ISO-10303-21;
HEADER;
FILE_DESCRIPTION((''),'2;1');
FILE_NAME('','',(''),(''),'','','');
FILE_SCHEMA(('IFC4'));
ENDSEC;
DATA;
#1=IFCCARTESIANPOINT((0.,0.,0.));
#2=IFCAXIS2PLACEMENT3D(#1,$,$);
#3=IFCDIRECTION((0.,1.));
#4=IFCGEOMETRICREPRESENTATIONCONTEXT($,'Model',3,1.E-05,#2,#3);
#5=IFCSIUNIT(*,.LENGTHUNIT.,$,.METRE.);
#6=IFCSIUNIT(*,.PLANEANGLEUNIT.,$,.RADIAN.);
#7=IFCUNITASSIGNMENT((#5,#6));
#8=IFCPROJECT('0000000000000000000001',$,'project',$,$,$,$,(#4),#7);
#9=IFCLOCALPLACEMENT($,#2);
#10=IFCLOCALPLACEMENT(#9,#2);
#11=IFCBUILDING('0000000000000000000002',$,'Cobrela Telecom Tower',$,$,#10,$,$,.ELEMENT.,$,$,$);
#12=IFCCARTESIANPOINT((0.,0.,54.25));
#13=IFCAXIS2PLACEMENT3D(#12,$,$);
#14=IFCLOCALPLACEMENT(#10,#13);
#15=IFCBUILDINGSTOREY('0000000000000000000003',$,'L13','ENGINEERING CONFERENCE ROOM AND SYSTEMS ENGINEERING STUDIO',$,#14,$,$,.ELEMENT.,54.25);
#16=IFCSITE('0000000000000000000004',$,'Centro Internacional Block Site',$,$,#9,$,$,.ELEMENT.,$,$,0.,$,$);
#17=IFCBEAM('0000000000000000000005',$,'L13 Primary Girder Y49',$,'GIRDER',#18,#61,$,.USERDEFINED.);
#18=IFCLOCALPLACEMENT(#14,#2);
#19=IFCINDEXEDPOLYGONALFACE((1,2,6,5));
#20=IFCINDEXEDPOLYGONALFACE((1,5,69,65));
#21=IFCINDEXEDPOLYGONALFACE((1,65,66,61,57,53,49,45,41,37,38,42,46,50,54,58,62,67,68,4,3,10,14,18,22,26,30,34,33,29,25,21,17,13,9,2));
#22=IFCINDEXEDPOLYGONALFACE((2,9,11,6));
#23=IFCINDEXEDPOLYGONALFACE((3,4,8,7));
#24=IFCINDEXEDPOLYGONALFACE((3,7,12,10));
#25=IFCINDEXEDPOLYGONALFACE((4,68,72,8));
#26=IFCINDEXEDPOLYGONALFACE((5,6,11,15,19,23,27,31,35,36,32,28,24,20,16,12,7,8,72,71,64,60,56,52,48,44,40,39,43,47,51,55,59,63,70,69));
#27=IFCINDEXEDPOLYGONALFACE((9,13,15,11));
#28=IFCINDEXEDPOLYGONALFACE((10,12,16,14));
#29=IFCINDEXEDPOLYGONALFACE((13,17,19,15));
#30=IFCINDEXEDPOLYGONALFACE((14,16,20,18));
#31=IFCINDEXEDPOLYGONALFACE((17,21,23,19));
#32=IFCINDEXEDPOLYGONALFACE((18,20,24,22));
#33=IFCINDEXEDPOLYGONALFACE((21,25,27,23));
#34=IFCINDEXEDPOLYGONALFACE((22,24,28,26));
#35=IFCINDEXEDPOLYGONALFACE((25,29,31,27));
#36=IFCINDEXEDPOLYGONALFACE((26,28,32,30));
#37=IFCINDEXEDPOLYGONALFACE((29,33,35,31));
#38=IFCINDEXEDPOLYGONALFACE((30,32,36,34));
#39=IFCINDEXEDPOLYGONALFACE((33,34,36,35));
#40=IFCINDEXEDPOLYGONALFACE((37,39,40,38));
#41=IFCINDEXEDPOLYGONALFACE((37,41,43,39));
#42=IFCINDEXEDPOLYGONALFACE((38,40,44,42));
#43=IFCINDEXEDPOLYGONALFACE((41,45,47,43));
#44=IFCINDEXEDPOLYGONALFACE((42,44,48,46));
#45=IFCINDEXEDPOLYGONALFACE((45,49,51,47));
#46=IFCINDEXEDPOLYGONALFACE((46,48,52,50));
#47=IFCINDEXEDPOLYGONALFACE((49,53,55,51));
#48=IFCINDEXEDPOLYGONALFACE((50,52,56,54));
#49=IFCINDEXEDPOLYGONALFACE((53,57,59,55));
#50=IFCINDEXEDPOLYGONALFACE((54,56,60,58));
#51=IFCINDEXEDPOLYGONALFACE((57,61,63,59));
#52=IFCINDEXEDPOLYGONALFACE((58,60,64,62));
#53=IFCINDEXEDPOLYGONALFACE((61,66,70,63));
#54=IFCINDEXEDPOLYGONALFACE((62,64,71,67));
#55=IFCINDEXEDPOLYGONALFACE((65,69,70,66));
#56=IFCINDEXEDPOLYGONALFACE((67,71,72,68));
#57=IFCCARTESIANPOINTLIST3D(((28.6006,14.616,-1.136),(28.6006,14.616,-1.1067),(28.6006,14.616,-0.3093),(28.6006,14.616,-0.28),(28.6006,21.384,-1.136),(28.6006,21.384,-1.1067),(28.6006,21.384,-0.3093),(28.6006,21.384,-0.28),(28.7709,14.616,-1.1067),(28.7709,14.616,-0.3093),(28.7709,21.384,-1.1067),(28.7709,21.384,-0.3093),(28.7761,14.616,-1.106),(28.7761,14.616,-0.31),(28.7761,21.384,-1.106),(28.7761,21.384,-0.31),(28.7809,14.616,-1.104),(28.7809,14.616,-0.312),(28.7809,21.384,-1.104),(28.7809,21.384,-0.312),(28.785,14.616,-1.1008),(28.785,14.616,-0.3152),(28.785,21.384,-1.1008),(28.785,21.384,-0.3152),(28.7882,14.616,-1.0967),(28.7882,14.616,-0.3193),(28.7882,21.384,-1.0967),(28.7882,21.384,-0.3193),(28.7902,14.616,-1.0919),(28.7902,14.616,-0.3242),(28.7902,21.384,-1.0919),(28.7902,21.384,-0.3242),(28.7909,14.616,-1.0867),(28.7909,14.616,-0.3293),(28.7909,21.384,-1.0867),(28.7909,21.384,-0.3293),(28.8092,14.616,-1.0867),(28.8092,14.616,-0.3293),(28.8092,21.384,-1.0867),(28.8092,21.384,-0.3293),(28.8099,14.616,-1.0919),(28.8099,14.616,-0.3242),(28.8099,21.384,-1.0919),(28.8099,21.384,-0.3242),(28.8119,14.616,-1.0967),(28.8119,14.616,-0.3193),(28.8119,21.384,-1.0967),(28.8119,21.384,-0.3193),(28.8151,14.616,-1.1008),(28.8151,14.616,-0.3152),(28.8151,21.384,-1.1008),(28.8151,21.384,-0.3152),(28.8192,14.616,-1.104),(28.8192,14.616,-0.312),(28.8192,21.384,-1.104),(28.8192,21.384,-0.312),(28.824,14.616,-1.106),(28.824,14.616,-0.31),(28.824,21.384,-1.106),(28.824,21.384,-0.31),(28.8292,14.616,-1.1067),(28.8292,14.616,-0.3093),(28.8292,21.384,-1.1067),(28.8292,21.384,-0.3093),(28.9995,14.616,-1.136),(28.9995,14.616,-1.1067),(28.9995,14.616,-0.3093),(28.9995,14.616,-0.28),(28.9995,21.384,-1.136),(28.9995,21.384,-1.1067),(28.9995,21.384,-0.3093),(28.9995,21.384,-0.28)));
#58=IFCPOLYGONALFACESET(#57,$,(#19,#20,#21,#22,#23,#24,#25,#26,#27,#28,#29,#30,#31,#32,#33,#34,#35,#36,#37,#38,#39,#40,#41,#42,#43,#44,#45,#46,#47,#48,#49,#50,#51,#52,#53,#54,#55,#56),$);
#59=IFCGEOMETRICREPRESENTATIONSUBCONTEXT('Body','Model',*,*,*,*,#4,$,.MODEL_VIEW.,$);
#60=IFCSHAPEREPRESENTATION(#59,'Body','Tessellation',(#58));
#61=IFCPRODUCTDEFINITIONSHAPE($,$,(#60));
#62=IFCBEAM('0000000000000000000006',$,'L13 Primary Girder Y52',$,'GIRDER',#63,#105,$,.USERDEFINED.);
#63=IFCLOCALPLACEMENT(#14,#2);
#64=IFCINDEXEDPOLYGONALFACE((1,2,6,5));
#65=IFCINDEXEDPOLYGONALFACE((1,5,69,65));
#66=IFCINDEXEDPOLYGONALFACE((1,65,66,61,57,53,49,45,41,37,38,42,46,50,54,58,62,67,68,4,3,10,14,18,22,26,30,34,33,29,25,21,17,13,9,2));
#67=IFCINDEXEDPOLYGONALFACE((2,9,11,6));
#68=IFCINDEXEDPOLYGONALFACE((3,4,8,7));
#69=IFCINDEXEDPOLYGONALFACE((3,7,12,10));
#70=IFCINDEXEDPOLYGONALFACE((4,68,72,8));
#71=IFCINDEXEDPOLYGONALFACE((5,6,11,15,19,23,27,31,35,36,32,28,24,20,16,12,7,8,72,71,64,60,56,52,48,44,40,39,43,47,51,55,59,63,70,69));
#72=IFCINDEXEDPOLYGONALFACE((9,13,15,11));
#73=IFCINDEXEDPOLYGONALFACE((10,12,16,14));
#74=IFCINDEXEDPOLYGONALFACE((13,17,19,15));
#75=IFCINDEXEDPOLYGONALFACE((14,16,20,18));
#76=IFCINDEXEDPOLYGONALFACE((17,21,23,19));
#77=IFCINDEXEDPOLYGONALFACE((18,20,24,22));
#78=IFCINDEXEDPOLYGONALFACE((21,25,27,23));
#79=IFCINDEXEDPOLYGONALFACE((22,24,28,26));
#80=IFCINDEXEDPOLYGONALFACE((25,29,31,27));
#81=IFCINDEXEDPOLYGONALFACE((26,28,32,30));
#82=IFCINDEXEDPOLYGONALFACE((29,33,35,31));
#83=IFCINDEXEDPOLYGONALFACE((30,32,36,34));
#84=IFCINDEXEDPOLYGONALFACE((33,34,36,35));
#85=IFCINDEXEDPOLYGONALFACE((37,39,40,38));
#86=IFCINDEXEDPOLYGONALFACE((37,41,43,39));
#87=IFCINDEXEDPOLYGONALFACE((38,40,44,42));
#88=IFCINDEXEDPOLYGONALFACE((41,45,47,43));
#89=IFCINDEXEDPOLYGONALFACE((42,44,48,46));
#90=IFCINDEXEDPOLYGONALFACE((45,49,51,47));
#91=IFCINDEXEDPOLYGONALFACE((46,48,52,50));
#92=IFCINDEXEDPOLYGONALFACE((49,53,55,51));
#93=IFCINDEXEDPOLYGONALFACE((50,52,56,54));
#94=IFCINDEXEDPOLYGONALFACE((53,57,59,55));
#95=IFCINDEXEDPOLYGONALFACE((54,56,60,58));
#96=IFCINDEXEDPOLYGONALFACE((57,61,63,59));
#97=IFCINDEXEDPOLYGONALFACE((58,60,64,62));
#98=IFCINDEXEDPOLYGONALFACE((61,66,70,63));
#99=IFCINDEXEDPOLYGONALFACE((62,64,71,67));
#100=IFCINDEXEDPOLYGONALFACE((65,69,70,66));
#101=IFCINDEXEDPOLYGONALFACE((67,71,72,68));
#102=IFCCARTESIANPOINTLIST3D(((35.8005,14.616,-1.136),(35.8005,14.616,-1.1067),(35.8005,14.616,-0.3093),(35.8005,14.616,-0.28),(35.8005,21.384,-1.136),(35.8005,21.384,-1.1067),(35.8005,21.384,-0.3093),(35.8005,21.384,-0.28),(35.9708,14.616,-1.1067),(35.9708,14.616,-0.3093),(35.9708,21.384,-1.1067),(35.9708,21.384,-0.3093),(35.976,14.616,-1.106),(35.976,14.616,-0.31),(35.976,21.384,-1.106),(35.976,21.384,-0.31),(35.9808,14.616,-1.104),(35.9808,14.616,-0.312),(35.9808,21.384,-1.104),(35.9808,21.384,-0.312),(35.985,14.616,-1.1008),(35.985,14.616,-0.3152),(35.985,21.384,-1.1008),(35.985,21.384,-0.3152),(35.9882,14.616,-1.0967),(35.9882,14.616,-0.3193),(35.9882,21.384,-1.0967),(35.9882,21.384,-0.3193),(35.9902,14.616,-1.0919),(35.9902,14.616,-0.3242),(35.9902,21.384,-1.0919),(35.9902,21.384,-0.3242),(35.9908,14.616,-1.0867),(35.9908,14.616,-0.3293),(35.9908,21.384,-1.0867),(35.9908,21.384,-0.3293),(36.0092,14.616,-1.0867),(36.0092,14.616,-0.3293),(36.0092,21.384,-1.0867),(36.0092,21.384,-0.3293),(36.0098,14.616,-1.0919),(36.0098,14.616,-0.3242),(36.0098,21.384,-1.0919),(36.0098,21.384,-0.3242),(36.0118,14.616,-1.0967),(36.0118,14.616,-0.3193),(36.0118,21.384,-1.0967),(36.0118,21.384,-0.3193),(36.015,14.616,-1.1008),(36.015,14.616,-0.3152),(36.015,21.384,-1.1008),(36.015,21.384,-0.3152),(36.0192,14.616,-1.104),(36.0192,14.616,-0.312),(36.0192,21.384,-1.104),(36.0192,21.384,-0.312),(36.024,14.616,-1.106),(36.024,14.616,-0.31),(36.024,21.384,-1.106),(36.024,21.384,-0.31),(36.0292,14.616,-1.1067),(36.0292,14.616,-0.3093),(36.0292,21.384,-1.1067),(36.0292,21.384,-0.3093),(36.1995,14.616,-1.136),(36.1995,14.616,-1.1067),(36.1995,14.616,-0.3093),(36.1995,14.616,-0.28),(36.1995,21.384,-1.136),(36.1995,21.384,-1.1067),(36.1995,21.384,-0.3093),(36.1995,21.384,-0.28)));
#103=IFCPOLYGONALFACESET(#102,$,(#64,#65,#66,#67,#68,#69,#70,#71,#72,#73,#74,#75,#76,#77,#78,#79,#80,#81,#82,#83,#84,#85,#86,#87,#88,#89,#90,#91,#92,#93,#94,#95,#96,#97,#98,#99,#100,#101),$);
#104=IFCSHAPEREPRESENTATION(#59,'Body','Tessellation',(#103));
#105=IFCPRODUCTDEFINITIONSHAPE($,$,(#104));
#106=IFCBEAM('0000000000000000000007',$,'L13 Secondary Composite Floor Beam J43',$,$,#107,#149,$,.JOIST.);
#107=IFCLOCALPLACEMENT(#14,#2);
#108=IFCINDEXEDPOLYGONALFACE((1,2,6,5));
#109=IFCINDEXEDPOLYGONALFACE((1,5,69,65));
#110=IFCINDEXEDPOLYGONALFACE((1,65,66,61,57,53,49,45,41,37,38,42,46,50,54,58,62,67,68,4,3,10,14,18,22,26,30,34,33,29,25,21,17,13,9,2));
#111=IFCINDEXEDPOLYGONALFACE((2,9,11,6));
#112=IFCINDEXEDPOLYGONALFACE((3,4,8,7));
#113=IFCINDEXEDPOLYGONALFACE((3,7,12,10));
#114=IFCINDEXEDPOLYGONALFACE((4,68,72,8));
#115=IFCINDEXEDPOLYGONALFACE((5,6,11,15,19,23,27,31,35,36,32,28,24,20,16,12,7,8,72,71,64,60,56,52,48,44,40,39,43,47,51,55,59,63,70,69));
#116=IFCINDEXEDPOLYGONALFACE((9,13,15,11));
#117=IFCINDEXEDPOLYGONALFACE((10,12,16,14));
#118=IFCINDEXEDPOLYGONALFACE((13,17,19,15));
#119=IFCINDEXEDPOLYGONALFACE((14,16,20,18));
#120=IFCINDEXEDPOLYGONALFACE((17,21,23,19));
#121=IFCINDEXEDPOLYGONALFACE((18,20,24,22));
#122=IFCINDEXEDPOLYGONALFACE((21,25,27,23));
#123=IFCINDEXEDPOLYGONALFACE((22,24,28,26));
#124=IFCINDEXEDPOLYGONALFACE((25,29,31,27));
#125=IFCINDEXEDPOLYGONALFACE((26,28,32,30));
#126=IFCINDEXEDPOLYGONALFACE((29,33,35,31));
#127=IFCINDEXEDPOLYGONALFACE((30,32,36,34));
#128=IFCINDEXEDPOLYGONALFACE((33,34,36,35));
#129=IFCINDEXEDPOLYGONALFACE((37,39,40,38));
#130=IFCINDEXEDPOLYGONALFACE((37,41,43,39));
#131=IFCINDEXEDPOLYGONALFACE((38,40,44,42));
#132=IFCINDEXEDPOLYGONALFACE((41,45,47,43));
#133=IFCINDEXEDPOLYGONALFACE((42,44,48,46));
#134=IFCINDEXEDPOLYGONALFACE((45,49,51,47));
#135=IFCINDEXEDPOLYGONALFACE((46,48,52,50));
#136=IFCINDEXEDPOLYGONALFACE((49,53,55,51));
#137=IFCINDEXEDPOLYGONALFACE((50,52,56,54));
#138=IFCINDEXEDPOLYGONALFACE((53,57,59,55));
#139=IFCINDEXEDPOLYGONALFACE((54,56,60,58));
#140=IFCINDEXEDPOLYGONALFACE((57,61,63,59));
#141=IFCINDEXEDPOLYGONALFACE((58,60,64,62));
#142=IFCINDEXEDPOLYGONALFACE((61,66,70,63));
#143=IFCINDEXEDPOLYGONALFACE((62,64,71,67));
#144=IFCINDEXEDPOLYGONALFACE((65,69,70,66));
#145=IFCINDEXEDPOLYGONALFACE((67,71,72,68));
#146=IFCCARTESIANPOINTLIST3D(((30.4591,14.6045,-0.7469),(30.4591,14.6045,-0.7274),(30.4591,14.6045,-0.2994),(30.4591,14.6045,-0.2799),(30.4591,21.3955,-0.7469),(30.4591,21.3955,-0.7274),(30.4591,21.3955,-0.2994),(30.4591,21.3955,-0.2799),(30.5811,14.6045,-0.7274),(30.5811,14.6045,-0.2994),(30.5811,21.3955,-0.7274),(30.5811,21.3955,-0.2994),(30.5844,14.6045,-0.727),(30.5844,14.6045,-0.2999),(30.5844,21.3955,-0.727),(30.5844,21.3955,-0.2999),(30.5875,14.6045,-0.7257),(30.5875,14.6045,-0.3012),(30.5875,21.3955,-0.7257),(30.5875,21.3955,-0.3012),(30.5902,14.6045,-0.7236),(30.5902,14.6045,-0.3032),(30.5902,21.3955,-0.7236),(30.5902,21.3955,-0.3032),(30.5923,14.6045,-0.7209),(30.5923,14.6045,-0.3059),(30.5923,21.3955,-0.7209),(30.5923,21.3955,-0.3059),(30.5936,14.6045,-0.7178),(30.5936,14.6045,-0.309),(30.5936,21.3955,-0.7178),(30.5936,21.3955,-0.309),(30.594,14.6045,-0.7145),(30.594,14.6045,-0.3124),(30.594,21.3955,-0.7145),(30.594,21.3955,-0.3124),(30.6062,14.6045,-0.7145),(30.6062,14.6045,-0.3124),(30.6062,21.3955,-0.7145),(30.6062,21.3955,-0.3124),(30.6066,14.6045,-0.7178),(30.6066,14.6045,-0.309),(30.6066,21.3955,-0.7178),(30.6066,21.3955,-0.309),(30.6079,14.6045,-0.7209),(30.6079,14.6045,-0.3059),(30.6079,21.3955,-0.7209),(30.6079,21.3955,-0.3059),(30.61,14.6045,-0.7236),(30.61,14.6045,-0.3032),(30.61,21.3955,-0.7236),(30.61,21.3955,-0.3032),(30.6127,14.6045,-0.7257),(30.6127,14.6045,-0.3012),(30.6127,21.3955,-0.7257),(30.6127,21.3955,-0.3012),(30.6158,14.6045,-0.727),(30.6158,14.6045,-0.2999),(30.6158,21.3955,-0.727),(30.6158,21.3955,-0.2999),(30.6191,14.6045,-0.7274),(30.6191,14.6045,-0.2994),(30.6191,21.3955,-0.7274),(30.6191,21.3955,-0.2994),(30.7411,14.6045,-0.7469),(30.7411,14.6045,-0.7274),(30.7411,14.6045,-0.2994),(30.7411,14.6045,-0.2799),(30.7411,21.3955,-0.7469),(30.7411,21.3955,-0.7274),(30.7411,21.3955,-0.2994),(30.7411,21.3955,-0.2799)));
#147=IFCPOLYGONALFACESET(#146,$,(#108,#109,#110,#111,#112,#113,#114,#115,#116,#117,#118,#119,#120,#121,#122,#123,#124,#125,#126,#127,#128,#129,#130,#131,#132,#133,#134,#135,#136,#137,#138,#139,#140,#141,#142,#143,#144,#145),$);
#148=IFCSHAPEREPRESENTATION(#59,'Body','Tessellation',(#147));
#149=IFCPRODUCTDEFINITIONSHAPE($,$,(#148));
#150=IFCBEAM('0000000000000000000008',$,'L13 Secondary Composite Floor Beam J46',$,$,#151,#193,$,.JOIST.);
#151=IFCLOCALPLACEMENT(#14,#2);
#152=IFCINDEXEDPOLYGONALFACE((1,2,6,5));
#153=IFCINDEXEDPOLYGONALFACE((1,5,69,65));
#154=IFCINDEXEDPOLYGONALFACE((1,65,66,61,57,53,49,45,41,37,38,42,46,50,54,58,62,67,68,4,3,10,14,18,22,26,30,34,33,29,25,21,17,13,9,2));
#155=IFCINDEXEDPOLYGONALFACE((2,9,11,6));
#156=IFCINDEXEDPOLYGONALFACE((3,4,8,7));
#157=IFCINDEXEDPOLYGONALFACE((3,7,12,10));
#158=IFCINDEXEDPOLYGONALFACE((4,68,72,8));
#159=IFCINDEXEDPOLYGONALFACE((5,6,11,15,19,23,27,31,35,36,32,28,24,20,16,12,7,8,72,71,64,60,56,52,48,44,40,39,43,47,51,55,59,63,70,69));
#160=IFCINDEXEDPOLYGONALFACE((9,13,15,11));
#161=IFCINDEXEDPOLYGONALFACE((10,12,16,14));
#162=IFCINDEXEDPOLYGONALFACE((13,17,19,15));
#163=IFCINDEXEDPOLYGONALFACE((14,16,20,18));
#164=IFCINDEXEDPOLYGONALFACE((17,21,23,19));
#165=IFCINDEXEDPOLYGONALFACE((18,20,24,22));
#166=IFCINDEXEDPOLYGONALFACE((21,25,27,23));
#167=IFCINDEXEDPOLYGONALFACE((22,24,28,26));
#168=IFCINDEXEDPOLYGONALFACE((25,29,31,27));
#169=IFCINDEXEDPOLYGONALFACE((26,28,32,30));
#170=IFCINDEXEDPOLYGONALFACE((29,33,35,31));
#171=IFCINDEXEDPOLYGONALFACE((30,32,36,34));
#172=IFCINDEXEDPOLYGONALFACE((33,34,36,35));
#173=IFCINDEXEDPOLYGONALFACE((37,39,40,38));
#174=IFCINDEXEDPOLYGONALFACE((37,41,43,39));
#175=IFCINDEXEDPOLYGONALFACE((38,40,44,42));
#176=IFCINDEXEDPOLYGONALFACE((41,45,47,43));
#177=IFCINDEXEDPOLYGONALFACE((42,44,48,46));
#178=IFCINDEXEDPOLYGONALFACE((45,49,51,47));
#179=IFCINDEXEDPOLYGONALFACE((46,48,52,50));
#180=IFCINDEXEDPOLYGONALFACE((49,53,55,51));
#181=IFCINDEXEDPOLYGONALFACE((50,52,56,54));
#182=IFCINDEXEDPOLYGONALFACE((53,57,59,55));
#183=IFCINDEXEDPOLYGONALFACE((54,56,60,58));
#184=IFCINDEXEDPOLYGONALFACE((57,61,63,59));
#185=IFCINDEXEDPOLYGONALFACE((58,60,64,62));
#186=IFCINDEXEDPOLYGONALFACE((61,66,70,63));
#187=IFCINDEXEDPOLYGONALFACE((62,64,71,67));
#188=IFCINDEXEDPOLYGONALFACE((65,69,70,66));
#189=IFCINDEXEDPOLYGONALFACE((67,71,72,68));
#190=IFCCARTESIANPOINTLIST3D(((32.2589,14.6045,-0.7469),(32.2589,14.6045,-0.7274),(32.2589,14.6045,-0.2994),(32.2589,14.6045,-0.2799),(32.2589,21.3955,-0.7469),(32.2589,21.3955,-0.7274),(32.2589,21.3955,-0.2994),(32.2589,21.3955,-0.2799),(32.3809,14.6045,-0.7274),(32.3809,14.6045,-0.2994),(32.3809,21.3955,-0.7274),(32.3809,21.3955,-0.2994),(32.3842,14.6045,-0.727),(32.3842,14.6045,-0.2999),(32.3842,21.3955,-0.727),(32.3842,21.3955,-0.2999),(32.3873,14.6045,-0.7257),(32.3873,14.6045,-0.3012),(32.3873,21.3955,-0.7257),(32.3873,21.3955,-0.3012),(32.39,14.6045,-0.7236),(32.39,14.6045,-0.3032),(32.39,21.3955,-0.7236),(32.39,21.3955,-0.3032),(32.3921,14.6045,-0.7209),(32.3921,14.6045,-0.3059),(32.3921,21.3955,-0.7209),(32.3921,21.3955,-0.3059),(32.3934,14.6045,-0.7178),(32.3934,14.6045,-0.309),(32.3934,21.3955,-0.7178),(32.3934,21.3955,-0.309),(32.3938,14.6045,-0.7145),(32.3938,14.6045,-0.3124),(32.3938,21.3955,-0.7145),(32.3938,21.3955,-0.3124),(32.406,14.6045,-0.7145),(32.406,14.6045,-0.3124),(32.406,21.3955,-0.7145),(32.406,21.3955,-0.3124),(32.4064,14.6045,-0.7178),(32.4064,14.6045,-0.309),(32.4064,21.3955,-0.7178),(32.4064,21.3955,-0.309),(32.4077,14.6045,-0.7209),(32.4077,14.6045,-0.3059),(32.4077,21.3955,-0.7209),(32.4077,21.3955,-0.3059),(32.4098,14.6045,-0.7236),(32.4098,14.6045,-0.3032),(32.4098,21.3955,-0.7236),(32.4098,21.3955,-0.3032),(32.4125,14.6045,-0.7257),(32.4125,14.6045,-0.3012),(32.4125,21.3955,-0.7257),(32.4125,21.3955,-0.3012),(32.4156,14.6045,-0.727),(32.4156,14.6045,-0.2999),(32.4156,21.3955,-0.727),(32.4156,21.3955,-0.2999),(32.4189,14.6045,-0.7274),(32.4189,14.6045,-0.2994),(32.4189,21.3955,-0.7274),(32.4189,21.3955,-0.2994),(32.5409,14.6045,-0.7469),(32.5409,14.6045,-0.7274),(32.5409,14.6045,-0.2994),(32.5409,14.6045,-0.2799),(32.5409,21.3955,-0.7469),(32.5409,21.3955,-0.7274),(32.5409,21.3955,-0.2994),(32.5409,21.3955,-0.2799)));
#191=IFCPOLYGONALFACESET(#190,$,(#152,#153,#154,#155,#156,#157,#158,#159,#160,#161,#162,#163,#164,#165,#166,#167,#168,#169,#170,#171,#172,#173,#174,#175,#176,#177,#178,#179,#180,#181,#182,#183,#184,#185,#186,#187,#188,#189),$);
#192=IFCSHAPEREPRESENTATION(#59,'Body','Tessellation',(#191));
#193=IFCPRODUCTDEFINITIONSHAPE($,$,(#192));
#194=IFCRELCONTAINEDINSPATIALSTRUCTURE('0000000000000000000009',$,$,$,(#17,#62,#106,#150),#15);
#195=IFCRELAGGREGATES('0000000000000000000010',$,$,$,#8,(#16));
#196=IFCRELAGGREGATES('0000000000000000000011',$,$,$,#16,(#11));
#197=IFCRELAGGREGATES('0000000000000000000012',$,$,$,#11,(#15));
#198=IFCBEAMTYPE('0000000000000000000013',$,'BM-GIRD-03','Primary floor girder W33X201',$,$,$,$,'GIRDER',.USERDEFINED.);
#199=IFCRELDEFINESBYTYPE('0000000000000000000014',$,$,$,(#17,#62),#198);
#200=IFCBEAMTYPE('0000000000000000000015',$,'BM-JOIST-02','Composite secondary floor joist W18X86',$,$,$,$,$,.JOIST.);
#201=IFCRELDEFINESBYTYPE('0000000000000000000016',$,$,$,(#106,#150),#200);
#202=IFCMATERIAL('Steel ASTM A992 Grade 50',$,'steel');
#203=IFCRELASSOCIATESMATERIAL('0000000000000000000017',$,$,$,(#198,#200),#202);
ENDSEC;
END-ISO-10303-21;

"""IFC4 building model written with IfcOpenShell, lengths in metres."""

from ifc_helpers import new_model, si_unit, direction, frame, origin, origin_2d, place, context, subcontext, project, spatial, i_section, extrude, material, material_profile, profile_set, type_object, element, save


model = new_model("IFC4")

# Units and contexts
model_context = context("Model", 3, precision=1e-05, world=origin(), true_north=direction((0.0, 1.0)))
body_context = subcontext(model_context, "Body", "Model", "MODEL_VIEW")
ifc_project = project(units=[si_unit("LENGTHUNIT", "METRE"), si_unit("PLANEANGLEUNIT", "RADIAN")], contexts=[model_context])

# Site, building, storey
site_placement = place(None, origin())
site = spatial("IfcSite", under=ifc_project, at=site_placement, Name="Centro Internacional Block Site", CompositionType="ELEMENT", RefElevation=0.0)
building_placement = place(site_placement, origin())
building = spatial("IfcBuilding", under=site, at=building_placement, Name="Cobrela Telecom Tower", CompositionType="ELEMENT")
storey_placement = place(building_placement, frame((0.0, 0.0, 54.25)))
storey = spatial("IfcBuildingStorey", under=building, at=storey_placement, Name="L13", Description="ENGINEERING CONFERENCE ROOM AND SYSTEMS ENGINEERING STUDIO", CompositionType="ELEMENT", Elevation=54.25)

# Shared definitions
ifc_material_1 = material(Name="Steel ASTM A992 Grade 50", Category="steel")

# Beams
ifc_material_profile_1 = material_profile(ifc_material_1, i_section(OverallWidth=0.3989, OverallDepth=0.856, WebThickness=0.0183, FlangeThickness=0.0293, FilletRadius=0.02, at=origin_2d()), Name="W33X201")
ifc_profile_set_1 = profile_set([ifc_material_profile_1], Name="Steel ASTM A992 Grade 50")
beam_type_1 = type_object("IfcBeamType", Name="BM-GIRD-03", Description="Primary floor girder W33X201", ElementType="GIRDER", PredefinedType="USERDEFINED", material=ifc_profile_set_1)
for number, where, z_axis, x_axis, name in (
    (1, (28.8, 14.616, -0.708), (0.0, 1.0, 0.0), (-1.0, 0.0, 0.0), "L13 Primary Girder Y49"),
    (2, (36.0, 14.616, -0.708), (0.0, 1.0, 0.0), (-1.0, 0.0, 0.0), "L13 Primary Girder Y52"),
):
    element("IfcBeam", number, at=place(storey_placement, frame(where, z_axis=z_axis, x_axis=x_axis)), inside=storey, type_object=beam_type_1, Name=name, ObjectType="GIRDER", PredefinedType="USERDEFINED", context=body_context, shape_type="SweptSolid", body=[
        extrude(i_section(OverallWidth=0.3989, OverallDepth=0.856, WebThickness=0.0183, FlangeThickness=0.0293, FilletRadius=0.02, at=origin_2d()), origin(), (0.0, 0.0, 1.0), 6.7681),
    ])
ifc_material_profile_2 = material_profile(ifc_material_1, i_section(OverallWidth=0.282, OverallDepth=0.467, WebThickness=0.0122, FlangeThickness=0.0195, FilletRadius=0.0129, at=origin_2d()), Name="W18X86")
ifc_profile_set_2 = profile_set([ifc_material_profile_2], Name="Steel ASTM A992 Grade 50")
beam_type_2 = type_object("IfcBeamType", Name="BM-JOIST-02", Description="Composite secondary floor joist W18X86", PredefinedType="JOIST", material=ifc_profile_set_2)
for number, where, z_axis, x_axis, name in (
    (3, (30.6001, 14.6045, -0.5134), (0.0, 1.0, 0.0), (-1.0, 0.0, 0.0), "L13 Secondary Composite Floor Beam J43"),
    (4, (32.3999, 14.6045, -0.5134), (0.0, 1.0, 0.0), (-1.0, 0.0, 0.0), "L13 Secondary Composite Floor Beam J46"),
):
    element("IfcBeam", number, at=place(storey_placement, frame(where, z_axis=z_axis, x_axis=x_axis)), inside=storey, type_object=beam_type_2, Name=name, PredefinedType="JOIST", context=body_context, shape_type="SweptSolid", body=[
        extrude(i_section(OverallWidth=0.282, OverallDepth=0.467, WebThickness=0.0122, FlangeThickness=0.0195, FilletRadius=0.0129, at=origin_2d()), origin(), (0.0, 0.0, 1.0), 6.791),
    ])

save(model, "model.ifc")
